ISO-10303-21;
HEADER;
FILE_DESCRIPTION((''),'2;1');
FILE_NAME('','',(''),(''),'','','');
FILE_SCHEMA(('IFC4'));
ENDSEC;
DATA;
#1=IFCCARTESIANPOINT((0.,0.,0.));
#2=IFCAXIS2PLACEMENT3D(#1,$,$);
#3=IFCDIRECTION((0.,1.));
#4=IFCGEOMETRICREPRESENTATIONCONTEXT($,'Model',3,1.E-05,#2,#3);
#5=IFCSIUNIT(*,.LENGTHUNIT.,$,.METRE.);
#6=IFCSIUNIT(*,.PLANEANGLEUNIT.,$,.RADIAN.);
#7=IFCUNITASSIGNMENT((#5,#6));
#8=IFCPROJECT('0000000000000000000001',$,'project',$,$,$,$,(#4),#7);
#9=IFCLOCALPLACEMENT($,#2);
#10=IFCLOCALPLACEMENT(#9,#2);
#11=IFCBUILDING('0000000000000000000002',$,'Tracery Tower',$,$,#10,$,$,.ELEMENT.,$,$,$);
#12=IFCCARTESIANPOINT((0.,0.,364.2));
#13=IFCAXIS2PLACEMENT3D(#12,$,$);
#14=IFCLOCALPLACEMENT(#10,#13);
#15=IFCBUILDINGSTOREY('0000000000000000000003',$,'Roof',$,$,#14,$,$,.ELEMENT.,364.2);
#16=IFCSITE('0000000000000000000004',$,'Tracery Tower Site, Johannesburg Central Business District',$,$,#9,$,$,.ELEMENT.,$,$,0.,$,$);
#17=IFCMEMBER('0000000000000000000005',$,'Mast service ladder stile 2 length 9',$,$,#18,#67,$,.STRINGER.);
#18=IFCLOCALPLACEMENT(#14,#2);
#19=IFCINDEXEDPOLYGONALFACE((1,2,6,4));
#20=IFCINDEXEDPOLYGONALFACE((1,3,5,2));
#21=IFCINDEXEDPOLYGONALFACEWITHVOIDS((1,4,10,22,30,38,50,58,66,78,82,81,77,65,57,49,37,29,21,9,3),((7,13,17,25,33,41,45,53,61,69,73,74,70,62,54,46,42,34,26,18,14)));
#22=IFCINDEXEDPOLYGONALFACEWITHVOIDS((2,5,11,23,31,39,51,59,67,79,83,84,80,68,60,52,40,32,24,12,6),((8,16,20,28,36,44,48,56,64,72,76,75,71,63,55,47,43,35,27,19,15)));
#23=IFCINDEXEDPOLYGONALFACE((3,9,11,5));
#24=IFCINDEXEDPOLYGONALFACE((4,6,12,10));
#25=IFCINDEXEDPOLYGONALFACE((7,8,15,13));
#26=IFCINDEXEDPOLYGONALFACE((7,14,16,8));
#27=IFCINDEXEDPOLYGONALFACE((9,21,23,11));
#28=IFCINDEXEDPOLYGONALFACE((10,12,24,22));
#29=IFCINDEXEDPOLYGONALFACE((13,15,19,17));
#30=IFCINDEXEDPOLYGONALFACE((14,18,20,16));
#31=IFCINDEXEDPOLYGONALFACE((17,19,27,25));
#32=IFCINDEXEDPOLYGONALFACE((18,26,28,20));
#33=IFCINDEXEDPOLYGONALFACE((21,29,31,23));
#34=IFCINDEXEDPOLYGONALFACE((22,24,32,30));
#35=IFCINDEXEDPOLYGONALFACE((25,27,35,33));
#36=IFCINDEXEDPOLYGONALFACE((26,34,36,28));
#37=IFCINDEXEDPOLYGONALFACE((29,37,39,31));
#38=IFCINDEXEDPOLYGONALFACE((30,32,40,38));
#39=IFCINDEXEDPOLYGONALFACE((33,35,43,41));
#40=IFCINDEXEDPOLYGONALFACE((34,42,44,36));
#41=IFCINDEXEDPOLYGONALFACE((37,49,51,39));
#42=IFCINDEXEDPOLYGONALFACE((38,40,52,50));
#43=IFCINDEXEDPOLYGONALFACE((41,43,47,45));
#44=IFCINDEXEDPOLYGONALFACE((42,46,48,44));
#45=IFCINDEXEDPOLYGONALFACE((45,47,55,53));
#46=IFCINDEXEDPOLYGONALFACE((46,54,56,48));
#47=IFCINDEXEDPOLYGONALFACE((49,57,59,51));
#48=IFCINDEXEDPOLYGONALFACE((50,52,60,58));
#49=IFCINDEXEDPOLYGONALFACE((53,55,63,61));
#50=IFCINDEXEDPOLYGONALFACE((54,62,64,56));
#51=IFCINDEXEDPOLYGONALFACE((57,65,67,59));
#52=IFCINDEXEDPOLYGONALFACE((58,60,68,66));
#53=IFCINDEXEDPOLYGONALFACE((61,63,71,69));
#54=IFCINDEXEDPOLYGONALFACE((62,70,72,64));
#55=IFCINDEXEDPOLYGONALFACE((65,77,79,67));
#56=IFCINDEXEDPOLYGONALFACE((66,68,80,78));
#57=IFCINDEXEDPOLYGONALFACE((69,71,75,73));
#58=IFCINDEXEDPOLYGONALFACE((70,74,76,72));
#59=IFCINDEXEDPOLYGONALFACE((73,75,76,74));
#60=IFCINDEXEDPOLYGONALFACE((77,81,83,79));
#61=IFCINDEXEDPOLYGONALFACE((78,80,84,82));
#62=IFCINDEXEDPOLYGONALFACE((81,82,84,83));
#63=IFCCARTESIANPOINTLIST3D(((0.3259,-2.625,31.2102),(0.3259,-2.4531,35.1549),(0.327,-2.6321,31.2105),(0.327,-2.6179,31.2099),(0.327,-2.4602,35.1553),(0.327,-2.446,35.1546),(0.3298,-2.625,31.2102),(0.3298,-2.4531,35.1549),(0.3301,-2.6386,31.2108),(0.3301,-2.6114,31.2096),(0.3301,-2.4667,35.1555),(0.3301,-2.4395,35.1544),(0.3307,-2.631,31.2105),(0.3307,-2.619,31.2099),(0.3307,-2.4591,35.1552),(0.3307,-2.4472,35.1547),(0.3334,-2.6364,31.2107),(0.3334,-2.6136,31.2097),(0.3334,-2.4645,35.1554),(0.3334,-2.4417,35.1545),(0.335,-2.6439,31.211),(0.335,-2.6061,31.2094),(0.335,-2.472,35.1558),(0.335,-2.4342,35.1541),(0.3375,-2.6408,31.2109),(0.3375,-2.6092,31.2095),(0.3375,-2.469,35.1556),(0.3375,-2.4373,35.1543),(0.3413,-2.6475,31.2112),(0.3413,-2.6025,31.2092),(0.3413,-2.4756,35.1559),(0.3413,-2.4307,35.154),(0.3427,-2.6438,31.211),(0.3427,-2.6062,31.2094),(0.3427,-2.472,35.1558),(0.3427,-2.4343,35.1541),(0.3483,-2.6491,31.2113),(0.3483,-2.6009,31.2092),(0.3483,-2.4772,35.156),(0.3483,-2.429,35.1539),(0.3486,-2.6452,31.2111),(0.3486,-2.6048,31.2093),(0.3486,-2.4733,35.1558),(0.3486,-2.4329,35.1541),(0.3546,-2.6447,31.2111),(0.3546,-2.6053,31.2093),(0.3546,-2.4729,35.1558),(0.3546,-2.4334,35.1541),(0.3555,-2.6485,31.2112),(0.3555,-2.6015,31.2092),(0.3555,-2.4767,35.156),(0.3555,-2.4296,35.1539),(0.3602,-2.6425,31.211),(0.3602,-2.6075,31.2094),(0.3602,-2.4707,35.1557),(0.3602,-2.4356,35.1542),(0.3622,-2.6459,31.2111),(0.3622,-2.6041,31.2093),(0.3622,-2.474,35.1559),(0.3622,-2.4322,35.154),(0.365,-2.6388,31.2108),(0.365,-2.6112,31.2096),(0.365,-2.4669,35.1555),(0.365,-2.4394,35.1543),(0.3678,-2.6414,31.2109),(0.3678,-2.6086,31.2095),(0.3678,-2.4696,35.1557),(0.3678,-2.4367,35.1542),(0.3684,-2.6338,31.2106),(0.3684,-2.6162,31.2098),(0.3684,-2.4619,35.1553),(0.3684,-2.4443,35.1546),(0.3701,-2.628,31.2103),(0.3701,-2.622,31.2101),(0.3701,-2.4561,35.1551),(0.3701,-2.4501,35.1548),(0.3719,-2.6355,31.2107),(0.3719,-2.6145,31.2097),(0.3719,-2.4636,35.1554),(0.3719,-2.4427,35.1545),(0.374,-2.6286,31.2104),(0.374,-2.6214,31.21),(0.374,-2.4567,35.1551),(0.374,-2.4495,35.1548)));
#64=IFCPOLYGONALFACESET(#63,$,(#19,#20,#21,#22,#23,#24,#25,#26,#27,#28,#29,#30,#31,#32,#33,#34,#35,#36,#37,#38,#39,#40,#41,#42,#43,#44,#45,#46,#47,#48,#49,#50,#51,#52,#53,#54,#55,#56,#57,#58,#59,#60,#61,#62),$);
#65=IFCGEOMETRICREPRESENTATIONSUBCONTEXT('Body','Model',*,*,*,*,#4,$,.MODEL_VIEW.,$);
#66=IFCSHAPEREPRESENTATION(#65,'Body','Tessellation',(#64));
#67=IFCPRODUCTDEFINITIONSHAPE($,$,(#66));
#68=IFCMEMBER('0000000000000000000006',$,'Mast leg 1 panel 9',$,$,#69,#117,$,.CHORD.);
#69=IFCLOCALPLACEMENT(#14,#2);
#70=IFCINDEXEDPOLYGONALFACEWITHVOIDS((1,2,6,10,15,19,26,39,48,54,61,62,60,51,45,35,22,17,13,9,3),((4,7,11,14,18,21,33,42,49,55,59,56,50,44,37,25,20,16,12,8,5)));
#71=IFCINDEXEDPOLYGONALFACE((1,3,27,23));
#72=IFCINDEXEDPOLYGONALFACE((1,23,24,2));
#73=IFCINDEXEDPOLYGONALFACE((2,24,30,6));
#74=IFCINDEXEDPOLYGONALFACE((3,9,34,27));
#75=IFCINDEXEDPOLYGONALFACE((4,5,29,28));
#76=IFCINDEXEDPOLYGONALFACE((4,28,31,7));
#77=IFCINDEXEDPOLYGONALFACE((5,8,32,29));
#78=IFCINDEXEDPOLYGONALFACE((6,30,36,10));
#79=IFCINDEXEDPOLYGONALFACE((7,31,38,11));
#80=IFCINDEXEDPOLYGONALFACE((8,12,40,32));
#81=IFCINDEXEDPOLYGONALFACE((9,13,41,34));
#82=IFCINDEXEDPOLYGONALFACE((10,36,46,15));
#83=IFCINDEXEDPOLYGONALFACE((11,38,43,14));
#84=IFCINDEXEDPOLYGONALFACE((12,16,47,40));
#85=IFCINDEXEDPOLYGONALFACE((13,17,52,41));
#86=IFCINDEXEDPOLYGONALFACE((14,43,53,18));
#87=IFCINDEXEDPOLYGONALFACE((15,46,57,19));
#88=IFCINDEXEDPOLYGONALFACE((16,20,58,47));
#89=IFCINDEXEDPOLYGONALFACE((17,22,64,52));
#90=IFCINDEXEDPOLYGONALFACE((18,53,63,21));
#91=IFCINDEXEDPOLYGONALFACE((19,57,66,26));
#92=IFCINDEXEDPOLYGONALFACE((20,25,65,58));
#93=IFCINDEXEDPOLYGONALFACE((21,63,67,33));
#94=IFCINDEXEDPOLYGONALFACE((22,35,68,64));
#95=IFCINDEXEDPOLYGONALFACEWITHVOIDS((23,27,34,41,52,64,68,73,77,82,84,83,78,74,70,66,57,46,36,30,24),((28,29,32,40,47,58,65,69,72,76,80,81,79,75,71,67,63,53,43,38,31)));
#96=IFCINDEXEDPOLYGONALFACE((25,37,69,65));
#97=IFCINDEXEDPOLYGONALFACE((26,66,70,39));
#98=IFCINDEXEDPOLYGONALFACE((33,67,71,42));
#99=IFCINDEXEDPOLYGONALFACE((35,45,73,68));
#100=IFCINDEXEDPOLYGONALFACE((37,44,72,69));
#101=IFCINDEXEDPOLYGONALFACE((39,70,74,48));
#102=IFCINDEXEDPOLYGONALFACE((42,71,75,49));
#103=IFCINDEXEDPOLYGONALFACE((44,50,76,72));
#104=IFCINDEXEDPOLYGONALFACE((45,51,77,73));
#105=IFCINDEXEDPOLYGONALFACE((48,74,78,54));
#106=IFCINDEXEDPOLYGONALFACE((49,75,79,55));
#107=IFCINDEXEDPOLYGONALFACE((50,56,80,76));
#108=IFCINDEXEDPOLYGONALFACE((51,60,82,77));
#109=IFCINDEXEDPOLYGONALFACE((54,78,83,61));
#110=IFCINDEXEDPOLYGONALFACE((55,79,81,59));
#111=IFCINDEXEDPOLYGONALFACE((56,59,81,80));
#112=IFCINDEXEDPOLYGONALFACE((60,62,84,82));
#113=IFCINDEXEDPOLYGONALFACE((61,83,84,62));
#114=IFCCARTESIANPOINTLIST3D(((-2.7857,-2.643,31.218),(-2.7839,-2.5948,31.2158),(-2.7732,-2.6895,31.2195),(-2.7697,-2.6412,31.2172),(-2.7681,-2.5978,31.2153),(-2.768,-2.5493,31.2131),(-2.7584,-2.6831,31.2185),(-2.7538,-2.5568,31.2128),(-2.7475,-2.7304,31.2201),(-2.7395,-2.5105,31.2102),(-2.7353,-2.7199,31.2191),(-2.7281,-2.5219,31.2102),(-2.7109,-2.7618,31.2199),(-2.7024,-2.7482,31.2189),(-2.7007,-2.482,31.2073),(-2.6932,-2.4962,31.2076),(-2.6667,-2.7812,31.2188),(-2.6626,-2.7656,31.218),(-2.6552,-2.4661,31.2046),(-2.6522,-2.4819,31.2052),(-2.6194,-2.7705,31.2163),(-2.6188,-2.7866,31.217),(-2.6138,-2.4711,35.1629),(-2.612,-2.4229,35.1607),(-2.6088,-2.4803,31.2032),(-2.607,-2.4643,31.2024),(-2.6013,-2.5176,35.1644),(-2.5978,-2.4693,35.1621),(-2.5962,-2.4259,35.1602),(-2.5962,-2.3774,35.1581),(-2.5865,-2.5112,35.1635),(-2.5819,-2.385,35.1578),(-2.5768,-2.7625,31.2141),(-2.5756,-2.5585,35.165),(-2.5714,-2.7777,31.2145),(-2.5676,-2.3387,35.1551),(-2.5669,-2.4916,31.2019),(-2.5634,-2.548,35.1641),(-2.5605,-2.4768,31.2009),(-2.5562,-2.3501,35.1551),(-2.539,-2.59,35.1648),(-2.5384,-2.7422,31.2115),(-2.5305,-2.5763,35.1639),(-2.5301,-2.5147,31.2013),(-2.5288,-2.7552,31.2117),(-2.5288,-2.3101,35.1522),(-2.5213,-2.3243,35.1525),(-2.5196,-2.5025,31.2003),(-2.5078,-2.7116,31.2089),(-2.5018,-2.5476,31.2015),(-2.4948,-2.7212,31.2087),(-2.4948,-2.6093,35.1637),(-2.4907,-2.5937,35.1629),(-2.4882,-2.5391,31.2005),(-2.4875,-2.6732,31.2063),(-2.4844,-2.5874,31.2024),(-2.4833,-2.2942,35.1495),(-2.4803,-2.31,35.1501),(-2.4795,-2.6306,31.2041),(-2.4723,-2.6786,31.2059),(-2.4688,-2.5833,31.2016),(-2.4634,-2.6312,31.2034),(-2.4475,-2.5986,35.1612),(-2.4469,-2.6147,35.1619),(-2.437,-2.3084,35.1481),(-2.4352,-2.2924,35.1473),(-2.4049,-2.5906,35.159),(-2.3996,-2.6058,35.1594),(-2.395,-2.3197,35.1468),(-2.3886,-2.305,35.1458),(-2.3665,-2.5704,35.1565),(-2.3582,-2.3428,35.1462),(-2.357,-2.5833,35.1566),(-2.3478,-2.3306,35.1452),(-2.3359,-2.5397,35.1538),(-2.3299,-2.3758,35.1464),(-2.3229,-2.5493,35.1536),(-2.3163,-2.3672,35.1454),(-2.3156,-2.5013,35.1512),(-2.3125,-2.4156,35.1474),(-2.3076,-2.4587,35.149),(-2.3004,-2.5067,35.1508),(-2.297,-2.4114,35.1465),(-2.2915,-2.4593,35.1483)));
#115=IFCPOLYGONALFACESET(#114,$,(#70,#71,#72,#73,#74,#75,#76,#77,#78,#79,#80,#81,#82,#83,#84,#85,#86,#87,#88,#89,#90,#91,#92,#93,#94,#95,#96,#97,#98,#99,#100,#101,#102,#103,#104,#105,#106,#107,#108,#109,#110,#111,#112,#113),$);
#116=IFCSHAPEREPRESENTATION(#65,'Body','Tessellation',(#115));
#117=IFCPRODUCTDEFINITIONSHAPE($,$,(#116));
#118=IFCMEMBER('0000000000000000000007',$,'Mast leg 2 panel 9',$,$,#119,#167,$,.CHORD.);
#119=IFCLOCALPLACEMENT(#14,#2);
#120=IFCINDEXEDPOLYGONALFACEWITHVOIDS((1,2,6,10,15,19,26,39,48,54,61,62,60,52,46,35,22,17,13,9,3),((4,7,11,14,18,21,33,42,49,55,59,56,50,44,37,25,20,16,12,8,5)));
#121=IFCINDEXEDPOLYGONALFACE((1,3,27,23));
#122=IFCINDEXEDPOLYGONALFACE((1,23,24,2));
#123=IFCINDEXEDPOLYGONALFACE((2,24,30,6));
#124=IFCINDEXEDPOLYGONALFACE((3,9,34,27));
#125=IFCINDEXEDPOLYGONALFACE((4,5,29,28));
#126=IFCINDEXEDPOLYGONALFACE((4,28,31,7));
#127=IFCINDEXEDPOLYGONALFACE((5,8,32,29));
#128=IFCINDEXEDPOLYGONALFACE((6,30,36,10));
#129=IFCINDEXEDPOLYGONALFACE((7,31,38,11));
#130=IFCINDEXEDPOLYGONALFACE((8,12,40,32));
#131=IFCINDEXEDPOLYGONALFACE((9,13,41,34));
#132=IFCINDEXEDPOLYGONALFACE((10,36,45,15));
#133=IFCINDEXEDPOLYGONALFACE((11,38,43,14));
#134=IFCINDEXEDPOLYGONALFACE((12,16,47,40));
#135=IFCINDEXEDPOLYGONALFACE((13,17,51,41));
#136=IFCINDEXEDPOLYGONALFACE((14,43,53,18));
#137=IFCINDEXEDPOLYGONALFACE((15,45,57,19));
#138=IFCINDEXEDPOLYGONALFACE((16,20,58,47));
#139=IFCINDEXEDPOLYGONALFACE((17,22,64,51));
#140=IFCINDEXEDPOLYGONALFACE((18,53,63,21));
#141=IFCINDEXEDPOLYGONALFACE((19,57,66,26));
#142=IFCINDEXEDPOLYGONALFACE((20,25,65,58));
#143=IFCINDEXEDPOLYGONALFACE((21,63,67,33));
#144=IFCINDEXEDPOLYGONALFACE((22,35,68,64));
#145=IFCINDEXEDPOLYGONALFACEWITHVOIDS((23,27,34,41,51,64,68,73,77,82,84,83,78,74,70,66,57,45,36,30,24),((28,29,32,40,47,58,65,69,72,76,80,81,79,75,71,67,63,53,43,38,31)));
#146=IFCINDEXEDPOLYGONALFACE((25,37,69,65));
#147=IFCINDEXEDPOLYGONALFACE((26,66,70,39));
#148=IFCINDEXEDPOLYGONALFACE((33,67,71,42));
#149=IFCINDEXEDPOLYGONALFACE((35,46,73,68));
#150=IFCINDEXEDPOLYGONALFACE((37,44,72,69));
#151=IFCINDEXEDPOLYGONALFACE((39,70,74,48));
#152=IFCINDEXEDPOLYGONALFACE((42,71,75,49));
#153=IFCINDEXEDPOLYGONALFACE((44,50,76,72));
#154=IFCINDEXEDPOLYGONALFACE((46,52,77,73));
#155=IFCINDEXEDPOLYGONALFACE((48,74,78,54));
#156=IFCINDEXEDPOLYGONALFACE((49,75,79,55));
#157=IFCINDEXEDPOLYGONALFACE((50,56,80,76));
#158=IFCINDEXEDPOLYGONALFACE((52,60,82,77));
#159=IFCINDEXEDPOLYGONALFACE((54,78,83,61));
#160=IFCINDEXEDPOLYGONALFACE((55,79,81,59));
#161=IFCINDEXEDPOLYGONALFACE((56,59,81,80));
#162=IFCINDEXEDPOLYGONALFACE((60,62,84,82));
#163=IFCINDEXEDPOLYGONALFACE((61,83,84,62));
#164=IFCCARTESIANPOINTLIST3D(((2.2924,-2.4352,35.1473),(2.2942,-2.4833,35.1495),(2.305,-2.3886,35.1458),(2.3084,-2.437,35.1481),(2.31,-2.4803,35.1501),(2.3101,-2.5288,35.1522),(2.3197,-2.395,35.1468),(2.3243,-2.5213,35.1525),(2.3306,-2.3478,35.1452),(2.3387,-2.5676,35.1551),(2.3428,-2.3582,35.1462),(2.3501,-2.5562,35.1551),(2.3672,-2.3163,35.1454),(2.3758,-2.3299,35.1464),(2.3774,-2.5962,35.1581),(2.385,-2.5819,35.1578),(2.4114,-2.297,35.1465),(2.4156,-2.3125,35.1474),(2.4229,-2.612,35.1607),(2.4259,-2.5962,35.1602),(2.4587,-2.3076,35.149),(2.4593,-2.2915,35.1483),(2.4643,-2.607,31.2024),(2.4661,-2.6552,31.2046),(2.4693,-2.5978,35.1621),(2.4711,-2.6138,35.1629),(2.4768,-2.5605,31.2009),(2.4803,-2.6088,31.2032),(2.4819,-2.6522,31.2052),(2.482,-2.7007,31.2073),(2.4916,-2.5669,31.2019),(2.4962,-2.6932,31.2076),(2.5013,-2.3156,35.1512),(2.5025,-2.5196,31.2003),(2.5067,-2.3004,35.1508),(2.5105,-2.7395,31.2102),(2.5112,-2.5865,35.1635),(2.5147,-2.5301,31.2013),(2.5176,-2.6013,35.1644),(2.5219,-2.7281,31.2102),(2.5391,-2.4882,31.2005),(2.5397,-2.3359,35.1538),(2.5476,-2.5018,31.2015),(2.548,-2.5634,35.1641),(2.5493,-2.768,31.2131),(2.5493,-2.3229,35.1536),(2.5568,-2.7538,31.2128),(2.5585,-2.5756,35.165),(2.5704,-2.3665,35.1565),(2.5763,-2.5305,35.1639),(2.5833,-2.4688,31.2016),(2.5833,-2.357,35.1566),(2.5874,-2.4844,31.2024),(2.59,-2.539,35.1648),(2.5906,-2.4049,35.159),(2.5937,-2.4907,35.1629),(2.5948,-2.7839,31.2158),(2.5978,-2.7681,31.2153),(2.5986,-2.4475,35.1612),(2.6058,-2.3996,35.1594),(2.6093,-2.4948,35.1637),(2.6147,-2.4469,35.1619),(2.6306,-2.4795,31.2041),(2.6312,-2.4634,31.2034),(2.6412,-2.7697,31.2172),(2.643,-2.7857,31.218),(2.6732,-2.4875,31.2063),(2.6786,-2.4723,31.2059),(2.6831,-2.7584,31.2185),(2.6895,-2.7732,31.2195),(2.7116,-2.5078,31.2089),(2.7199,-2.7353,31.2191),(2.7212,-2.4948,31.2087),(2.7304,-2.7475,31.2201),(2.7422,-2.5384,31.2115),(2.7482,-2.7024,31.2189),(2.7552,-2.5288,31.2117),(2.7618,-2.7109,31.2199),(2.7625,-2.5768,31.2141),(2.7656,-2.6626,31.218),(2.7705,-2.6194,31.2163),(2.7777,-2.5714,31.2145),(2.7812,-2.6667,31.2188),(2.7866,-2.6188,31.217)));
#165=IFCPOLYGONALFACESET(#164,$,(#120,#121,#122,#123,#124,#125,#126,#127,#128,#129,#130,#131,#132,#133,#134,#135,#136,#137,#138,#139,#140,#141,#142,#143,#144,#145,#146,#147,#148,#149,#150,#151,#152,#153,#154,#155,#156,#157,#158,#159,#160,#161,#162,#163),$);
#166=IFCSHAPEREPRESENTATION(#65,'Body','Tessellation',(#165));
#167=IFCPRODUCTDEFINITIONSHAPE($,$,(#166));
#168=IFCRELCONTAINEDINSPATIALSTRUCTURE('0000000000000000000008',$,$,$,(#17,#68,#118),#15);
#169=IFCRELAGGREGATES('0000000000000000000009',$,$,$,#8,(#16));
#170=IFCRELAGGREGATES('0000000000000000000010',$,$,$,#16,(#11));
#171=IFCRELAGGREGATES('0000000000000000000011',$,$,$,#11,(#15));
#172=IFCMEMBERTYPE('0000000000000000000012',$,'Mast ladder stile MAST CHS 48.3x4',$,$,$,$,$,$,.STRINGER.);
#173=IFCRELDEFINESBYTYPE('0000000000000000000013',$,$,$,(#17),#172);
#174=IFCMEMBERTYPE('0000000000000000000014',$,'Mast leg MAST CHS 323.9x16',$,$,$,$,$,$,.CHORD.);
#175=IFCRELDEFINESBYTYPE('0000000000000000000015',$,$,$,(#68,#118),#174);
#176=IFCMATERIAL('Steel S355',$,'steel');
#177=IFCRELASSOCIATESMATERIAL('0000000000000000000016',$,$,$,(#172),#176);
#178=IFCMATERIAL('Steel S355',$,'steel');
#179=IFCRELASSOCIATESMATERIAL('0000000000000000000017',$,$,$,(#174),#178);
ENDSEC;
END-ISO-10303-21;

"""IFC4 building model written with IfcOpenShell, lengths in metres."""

from ifc_helpers import new_model, si_unit, direction, frame, origin, origin_2d, place, context, subcontext, project, spatial, hollow_circle, extrude, material, material_profile, profile_set, type_object, element, save


model = new_model("IFC4")

# Units and contexts
model_context = context("Model", 3, precision=1e-05, world=origin(), true_north=direction((0.0, 1.0)))
body_context = subcontext(model_context, "Body", "Model", "MODEL_VIEW")
ifc_project = project(units=[si_unit("LENGTHUNIT", "METRE"), si_unit("PLANEANGLEUNIT", "RADIAN")], contexts=[model_context])

# Site, building, storey
site_placement = place(None, origin())
site = spatial("IfcSite", under=ifc_project, at=site_placement, Name="Tracery Tower Site, Johannesburg Central Business District", CompositionType="ELEMENT", RefElevation=0.0)
building_placement = place(site_placement, origin())
building = spatial("IfcBuilding", under=site, at=building_placement, Name="Tracery Tower", CompositionType="ELEMENT")
storey_placement = place(building_placement, frame((0.0, 0.0, 364.2)))
storey = spatial("IfcBuildingStorey", under=building, at=storey_placement, Name="Roof", CompositionType="ELEMENT", Elevation=364.2)

# Members
ifc_material_1 = material(Name="Steel S355", Category="steel")
ifc_material_profile_1 = material_profile(ifc_material_1, hollow_circle(Radius=0.0242, WallThickness=0.0039, at=origin_2d()), Name="CHS 48.3x4")
ifc_profile_set_1 = profile_set([ifc_material_profile_1], Name="Steel S355")
member_type_1 = type_object("IfcMemberType", Name="Mast ladder stile MAST CHS 48.3x4", PredefinedType="STRINGER", material=ifc_profile_set_1)
for number, where, z_axis, x_axis, name in (
    (1, (0.3501, -2.625, 31.2102), (0.0, 0.043528, 0.999052), (-1.0, 0.0, 0.0), "Mast service ladder stile 2 length 9"),
):
    element("IfcMember", number, at=place(storey_placement, frame(where, z_axis=z_axis, x_axis=x_axis)), inside=storey, type_object=member_type_1, Name=name, PredefinedType="STRINGER", context=body_context, shape_type="SweptSolid", body=[
        extrude(hollow_circle(Radius=0.0242, WallThickness=0.0039, at=origin_2d()), origin(), (0.0, 0.0, 1.0), 3.9485),
    ])
ifc_material_2 = material(Name="Steel S355", Category="steel")
ifc_material_profile_2 = material_profile(ifc_material_2, hollow_circle(Radius=0.1619, WallThickness=0.0161, at=origin_2d()), Name="CHS 323.9x16")
ifc_profile_set_2 = profile_set([ifc_material_profile_2], Name="Steel S355")
member_type_2 = type_object("IfcMemberType", Name="Mast leg MAST CHS 323.9x16", PredefinedType="CHORD", material=ifc_profile_set_2)
for number, where, z_axis, x_axis, name in (
    (2, (-2.625, -2.625, 31.2102), (0.043487, 0.043487, 0.998107), (-0.707107, 0.707107, 0.0), "Mast leg 1 panel 9"),
    (3, (2.625, -2.625, 31.2102), (-0.043487, 0.043487, 0.998107), (-0.707107, -0.707107, 0.0), "Mast leg 2 panel 9"),
):
    element("IfcMember", number, at=place(storey_placement, frame(where, z_axis=z_axis, x_axis=x_axis)), inside=storey, type_object=member_type_2, Name=name, PredefinedType="CHORD", context=body_context, shape_type="SweptSolid", body=[
        extrude(hollow_circle(Radius=0.1619, WallThickness=0.0161, at=origin_2d()), origin(), (0.0, 0.0, 1.0), 3.9524),
    ])

save(model, "model.ifc")
